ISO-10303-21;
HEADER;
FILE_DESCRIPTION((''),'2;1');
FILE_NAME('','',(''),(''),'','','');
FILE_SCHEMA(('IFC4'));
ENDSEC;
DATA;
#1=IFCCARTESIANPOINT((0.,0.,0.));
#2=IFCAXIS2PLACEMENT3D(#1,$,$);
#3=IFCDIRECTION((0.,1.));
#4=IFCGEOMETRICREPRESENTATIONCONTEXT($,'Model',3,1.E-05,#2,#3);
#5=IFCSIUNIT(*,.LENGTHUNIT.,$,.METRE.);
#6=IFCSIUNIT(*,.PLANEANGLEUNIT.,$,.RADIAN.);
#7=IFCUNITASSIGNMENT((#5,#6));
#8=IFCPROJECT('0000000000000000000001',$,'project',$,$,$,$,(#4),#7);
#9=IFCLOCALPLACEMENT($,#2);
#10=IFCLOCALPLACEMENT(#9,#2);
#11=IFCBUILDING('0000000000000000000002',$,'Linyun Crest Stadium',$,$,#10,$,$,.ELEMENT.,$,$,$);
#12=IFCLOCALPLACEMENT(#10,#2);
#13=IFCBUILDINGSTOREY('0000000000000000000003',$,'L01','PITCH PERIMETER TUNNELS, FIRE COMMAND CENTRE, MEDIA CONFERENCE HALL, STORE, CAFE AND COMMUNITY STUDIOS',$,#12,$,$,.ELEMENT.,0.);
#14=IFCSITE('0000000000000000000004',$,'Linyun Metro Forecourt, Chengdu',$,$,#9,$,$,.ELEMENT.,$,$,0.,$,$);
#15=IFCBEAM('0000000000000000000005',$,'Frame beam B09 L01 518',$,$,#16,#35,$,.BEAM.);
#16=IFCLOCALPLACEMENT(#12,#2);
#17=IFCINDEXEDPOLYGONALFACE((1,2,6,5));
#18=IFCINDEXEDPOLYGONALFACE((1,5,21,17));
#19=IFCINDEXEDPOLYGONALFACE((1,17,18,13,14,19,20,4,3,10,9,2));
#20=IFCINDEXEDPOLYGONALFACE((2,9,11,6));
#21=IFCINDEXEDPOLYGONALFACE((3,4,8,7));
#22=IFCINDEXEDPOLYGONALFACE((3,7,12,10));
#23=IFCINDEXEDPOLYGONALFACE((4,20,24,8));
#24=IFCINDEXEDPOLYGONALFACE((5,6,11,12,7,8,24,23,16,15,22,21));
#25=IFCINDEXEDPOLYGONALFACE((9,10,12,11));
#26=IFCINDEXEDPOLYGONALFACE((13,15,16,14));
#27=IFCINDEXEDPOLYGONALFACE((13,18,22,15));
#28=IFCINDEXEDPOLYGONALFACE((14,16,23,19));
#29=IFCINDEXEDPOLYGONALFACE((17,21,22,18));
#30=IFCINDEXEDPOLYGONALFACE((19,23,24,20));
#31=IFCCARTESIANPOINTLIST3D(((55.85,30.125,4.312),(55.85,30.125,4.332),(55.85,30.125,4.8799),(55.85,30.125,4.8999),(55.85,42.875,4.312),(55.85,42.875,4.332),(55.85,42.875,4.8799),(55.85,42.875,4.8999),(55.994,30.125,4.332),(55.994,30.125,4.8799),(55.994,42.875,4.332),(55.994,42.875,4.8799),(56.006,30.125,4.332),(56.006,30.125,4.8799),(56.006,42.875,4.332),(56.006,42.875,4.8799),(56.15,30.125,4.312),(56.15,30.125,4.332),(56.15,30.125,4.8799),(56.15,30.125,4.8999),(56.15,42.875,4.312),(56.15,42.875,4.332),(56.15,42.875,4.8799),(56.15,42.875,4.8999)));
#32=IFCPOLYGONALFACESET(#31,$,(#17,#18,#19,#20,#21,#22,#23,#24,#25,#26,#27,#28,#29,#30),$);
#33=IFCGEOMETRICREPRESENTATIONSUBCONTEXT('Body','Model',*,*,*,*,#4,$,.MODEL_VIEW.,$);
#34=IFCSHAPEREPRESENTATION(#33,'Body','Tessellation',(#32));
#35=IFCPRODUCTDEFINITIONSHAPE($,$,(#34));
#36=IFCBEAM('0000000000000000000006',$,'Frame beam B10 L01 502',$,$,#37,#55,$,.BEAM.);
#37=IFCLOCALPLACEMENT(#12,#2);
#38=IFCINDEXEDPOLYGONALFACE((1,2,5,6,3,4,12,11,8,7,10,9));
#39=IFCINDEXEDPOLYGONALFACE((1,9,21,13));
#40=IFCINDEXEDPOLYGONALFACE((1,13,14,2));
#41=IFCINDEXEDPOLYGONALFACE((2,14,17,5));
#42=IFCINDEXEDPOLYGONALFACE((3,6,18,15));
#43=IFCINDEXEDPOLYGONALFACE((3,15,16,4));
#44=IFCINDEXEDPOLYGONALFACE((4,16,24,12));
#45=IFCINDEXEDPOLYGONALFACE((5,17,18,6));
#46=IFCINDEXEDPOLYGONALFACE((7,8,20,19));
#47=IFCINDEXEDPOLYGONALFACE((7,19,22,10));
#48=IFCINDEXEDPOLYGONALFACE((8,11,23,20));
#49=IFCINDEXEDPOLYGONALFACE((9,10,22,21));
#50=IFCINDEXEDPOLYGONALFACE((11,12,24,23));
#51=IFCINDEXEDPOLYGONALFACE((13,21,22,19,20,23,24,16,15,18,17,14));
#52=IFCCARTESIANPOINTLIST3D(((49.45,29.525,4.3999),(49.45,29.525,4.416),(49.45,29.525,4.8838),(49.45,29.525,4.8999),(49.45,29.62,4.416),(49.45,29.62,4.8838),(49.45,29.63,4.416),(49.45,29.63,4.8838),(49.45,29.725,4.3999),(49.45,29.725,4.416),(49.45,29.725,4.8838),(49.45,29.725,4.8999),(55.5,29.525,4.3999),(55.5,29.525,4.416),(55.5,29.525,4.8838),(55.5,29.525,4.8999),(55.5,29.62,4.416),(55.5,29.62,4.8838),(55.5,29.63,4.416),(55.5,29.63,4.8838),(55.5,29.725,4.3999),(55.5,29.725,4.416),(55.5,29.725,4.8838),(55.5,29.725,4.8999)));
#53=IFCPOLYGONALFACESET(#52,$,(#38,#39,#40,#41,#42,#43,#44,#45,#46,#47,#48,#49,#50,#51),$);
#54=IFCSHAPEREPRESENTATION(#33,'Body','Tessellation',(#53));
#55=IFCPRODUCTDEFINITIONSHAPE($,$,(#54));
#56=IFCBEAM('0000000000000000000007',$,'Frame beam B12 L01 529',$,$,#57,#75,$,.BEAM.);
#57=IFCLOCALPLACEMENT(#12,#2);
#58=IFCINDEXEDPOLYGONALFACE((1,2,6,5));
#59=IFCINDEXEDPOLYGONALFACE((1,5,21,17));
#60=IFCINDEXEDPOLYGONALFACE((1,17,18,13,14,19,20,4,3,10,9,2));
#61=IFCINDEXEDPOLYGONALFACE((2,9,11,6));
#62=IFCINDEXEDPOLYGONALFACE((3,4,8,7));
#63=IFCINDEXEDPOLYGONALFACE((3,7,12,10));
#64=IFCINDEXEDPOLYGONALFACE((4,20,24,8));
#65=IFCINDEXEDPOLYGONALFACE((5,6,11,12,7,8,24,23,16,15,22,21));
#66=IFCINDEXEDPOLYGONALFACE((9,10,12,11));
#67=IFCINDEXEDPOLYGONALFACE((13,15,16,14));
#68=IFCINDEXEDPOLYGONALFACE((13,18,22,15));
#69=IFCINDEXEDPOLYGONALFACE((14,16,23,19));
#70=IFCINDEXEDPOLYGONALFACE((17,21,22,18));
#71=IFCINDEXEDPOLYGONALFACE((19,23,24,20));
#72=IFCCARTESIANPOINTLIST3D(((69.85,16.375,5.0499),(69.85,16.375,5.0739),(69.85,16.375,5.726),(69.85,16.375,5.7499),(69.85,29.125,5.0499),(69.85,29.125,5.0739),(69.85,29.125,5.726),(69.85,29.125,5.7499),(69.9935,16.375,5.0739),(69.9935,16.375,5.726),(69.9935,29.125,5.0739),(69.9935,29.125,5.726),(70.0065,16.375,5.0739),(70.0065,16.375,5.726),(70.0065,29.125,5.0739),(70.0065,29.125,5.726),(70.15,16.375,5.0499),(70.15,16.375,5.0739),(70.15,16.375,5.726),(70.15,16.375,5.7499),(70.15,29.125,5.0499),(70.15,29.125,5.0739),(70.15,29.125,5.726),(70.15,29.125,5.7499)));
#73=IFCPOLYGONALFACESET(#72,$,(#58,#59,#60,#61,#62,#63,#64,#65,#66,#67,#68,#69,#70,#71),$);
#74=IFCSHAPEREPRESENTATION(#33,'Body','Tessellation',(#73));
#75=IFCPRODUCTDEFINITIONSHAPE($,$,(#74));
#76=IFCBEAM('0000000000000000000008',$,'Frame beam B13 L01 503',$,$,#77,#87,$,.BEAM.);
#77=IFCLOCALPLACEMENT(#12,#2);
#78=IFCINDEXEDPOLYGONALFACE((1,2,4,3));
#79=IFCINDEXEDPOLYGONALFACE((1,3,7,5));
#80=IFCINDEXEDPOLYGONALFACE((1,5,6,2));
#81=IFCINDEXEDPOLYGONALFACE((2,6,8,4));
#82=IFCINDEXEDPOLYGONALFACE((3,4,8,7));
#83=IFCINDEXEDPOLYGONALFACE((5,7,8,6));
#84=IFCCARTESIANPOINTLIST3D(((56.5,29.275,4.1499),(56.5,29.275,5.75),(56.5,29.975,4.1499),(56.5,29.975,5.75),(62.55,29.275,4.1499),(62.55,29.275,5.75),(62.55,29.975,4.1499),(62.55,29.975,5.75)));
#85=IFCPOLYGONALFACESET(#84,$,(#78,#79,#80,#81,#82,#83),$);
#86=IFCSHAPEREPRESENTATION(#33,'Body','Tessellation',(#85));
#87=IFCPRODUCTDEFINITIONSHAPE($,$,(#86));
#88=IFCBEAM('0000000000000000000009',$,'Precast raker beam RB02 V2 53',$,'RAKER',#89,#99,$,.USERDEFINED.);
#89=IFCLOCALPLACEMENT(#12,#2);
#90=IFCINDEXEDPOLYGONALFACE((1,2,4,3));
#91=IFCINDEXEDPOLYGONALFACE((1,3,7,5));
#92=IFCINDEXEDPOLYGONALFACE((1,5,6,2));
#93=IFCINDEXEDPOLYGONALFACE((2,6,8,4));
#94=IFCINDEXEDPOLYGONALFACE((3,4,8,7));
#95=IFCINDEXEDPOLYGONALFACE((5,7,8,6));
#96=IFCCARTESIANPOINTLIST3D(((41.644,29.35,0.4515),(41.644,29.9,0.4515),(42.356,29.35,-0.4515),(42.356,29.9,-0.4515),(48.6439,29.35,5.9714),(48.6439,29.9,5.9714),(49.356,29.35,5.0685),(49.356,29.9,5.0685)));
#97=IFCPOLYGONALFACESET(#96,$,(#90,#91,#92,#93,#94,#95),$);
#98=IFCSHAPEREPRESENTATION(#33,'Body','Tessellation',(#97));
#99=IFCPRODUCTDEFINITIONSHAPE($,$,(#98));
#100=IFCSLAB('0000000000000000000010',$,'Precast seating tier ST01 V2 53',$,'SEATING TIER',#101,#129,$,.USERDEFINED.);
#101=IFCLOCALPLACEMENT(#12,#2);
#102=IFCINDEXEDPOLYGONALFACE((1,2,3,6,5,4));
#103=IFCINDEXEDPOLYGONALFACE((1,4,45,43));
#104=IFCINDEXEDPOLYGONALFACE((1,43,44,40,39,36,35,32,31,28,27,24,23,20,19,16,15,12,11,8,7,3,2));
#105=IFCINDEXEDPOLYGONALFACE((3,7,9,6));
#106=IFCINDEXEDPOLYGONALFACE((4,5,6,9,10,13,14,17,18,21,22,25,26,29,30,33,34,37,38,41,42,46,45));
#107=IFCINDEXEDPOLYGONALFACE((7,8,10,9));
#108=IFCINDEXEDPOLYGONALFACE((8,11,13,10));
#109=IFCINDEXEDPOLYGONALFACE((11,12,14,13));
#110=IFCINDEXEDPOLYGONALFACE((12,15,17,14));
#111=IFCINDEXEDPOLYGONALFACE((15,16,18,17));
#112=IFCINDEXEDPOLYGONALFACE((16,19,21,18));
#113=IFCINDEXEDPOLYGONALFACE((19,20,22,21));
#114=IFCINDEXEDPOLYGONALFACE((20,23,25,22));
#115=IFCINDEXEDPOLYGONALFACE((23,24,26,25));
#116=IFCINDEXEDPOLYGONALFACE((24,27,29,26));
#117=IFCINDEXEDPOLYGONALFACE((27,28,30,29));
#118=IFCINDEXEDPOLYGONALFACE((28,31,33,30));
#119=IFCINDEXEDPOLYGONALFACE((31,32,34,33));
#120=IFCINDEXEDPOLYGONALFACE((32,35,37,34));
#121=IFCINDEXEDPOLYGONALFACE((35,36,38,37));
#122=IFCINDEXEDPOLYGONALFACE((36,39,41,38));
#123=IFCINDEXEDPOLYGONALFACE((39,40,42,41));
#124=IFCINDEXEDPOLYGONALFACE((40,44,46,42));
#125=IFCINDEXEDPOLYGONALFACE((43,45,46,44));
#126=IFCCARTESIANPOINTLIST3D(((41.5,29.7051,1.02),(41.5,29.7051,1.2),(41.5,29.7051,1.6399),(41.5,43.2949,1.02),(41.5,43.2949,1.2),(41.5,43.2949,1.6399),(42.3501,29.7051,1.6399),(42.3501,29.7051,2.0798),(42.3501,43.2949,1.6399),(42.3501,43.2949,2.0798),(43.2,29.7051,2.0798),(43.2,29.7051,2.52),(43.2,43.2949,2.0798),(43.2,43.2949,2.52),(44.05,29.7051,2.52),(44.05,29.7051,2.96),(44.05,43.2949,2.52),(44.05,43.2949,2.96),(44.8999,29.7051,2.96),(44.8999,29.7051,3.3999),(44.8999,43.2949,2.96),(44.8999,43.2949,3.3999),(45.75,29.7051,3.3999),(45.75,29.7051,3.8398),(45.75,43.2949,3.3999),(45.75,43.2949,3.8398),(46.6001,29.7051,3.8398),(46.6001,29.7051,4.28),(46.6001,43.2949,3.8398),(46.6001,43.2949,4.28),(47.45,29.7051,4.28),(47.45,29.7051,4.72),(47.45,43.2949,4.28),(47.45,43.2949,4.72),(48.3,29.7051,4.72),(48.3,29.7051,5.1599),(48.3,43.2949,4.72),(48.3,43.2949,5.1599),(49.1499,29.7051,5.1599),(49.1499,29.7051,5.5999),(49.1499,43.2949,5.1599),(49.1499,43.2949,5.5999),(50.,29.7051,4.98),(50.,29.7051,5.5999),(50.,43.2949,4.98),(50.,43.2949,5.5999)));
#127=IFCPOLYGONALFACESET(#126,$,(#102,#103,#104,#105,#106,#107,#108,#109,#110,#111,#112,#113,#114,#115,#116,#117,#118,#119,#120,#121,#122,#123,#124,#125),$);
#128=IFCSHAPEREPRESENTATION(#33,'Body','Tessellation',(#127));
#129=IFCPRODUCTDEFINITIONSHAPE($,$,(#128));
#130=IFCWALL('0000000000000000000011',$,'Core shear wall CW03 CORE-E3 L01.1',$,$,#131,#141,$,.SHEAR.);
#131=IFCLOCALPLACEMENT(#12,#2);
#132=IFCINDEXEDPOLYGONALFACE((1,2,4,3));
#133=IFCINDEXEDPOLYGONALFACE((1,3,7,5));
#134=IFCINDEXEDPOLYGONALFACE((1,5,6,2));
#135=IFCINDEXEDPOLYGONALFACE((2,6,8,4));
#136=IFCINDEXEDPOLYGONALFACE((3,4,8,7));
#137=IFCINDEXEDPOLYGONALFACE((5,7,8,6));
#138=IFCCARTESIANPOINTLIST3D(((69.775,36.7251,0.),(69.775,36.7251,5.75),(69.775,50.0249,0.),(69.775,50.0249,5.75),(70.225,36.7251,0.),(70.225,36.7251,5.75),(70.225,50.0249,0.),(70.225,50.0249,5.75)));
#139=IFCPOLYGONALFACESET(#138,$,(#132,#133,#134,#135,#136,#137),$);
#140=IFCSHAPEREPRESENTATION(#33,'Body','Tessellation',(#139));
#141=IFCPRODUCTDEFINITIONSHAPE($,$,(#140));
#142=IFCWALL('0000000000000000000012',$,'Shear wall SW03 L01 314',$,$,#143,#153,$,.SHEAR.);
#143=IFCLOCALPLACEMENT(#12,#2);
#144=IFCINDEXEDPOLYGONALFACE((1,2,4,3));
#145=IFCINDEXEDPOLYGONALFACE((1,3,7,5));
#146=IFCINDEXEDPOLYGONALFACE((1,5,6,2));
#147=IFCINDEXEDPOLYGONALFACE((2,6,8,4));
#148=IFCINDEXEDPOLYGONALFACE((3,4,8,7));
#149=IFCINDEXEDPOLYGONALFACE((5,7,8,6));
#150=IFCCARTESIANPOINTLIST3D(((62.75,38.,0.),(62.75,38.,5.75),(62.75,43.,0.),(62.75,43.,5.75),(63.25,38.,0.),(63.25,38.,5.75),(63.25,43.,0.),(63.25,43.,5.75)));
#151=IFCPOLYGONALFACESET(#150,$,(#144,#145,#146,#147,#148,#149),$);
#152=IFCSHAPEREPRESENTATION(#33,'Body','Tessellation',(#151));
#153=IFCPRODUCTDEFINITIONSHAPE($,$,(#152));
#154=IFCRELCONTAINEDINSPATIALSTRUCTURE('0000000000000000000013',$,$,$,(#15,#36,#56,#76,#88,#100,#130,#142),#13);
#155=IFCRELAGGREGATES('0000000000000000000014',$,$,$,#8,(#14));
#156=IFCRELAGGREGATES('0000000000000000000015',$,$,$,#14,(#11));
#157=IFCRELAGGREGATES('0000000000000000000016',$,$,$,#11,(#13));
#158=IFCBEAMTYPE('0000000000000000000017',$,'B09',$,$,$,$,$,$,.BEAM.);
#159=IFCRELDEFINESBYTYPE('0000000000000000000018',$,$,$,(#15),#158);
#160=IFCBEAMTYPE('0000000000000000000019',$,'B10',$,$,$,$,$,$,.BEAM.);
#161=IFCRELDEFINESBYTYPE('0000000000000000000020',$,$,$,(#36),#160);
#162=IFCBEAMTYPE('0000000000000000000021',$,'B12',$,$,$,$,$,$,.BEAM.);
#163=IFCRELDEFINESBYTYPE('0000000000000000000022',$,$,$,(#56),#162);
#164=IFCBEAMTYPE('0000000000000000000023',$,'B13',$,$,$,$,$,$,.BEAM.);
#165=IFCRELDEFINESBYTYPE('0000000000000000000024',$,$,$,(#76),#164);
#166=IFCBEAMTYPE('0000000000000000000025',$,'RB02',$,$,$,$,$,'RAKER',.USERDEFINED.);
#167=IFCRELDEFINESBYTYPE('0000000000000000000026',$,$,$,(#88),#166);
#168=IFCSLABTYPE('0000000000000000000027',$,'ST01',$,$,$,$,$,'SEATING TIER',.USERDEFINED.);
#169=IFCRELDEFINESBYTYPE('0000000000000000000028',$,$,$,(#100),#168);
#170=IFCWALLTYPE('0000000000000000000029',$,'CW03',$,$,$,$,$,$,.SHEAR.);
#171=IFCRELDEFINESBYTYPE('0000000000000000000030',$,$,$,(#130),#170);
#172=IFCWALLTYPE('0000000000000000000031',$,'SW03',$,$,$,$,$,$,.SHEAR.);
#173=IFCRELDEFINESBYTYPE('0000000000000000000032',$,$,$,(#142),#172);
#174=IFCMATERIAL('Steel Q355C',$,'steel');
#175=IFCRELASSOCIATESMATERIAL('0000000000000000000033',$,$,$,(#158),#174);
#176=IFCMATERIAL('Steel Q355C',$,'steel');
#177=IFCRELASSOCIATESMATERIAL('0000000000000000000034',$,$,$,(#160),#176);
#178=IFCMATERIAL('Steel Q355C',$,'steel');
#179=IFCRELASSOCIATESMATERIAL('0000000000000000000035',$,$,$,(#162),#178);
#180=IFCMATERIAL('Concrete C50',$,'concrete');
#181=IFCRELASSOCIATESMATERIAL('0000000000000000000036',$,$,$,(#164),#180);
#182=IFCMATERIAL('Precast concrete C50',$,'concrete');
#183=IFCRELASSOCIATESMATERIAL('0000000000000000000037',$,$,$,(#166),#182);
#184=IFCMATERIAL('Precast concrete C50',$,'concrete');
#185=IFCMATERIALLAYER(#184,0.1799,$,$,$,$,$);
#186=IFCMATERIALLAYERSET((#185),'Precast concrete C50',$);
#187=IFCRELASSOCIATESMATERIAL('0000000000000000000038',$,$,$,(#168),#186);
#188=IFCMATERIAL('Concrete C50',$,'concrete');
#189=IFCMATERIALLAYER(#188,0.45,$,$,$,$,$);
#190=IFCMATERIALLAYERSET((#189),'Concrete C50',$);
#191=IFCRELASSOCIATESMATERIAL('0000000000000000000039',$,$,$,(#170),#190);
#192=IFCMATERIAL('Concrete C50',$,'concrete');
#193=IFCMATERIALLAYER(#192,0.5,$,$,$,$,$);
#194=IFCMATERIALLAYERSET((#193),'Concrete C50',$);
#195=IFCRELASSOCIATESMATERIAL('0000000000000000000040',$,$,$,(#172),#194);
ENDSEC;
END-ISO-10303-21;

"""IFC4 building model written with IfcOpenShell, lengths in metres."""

from ifc_helpers import new_model, si_unit, direction, frame, frame_2d, origin, origin_2d, place, context, subcontext, project, spatial, polyline, rectangle, i_section, outline, extrude, material, layer, layer_set, material_profile, profile_set, type_object, element, save


model = new_model("IFC4")

# Units and contexts
model_context = context("Model", 3, precision=1e-05, world=origin(), true_north=direction((0.0, 1.0)))
body_context = subcontext(model_context, "Body", "Model", "MODEL_VIEW")
ifc_project = project(units=[si_unit("LENGTHUNIT", "METRE"), si_unit("PLANEANGLEUNIT", "RADIAN")], contexts=[model_context])

# Site, building, storey
site_placement = place(None, origin())
site = spatial("IfcSite", under=ifc_project, at=site_placement, Name="Linyun Metro Forecourt, Chengdu", CompositionType="ELEMENT", RefElevation=0.0)
building_placement = place(site_placement, origin())
building = spatial("IfcBuilding", under=site, at=building_placement, Name="Linyun Crest Stadium", CompositionType="ELEMENT")
storey_placement = place(building_placement, origin())
storey = spatial("IfcBuildingStorey", under=building, at=storey_placement, Name="L01", Description="PITCH PERIMETER TUNNELS, FIRE COMMAND CENTRE, MEDIA CONFERENCE HALL, STORE, CAFE AND COMMUNITY STUDIOS", CompositionType="ELEMENT", Elevation=0.0)

# Beams
ifc_material_1 = material(Name="Steel Q355C", Category="steel")
ifc_material_profile_1 = material_profile(ifc_material_1, i_section(OverallWidth=0.3, OverallDepth=0.5879, WebThickness=0.012, FlangeThickness=0.02, at=origin_2d()), Name="HM 588x300")
ifc_profile_set_1 = profile_set([ifc_material_profile_1], Name="Steel Q355C")
beam_type_1 = type_object("IfcBeamType", Name="B09", PredefinedType="BEAM", material=ifc_profile_set_1)
beam_1_placement = place(storey_placement, frame((56.0, 30.125, 4.606), z_axis=(0.0, 1.0, 0.0), x_axis=(-1.0, 0.0, 0.0)))
element("IfcBeam", 1, at=beam_1_placement, inside=storey, type_object=beam_type_1, Name="Frame beam B09 L01 518", PredefinedType="BEAM", context=body_context, shape_type="SweptSolid", body=[
    extrude(i_section(OverallWidth=0.3, OverallDepth=0.5879, WebThickness=0.012, FlangeThickness=0.02, at=origin_2d()), origin(), (0.0, 0.0, 1.0), 12.75),
])
ifc_material_2 = material(Name="Steel Q355C", Category="steel")
ifc_material_profile_2 = material_profile(ifc_material_2, i_section(OverallWidth=0.2, OverallDepth=0.5, WebThickness=0.01, FlangeThickness=0.0161, at=origin_2d()), Name="HN 500x200")
ifc_profile_set_2 = profile_set([ifc_material_profile_2], Name="Steel Q355C")
beam_type_2 = type_object("IfcBeamType", Name="B10", PredefinedType="BEAM", material=ifc_profile_set_2)
beam_2_placement = place(storey_placement, frame((49.45, 29.625, 4.6499), z_axis=(1.0, 0.0, 0.0), x_axis=(0.0, 1.0, 0.0)))
element("IfcBeam", 2, at=beam_2_placement, inside=storey, type_object=beam_type_2, Name="Frame beam B10 L01 502", PredefinedType="BEAM", context=body_context, shape_type="SweptSolid", body=[
    extrude(i_section(OverallWidth=0.2, OverallDepth=0.5, WebThickness=0.01, FlangeThickness=0.0161, at=origin_2d()), origin(), (0.0, 0.0, 1.0), 6.05),
])
ifc_material_3 = material(Name="Steel Q355C", Category="steel")
ifc_material_profile_3 = material_profile(ifc_material_3, i_section(OverallWidth=0.3, OverallDepth=0.7, WebThickness=0.0129, FlangeThickness=0.0239, at=origin_2d()), Name="HN 700x300")
ifc_profile_set_3 = profile_set([ifc_material_profile_3], Name="Steel Q355C")
beam_type_3 = type_object("IfcBeamType", Name="B12", PredefinedType="BEAM", material=ifc_profile_set_3)
beam_3_placement = place(storey_placement, frame((70.0, 16.375, 5.3999), z_axis=(0.0, 1.0, 0.0), x_axis=(-1.0, 0.0, 0.0)))
element("IfcBeam", 3, at=beam_3_placement, inside=storey, type_object=beam_type_3, Name="Frame beam B12 L01 529", PredefinedType="BEAM", context=body_context, shape_type="SweptSolid", body=[
    extrude(i_section(OverallWidth=0.3, OverallDepth=0.7, WebThickness=0.0129, FlangeThickness=0.0239, at=origin_2d()), origin(), (0.0, 0.0, 1.0), 12.75),
])
ifc_material_4 = material(Name="Concrete C50", Category="concrete")
ifc_material_profile_4 = material_profile(ifc_material_4, rectangle(XDim=0.7, YDim=1.6001, at=origin_2d()), Name="RCB 1600x700")
ifc_profile_set_4 = profile_set([ifc_material_profile_4], Name="Concrete C50")
beam_type_4 = type_object("IfcBeamType", Name="B13", PredefinedType="BEAM", material=ifc_profile_set_4)
beam_4_placement = place(storey_placement, frame((56.5, 29.625, 4.95), z_axis=(1.0, 0.0, 0.0), x_axis=(0.0, 1.0, 0.0)))
element("IfcBeam", 4, at=beam_4_placement, inside=storey, type_object=beam_type_4, Name="Frame beam B13 L01 503", PredefinedType="BEAM", context=body_context, shape_type="SweptSolid", body=[
    extrude(rectangle(XDim=0.7, YDim=1.6001, at=origin_2d()), origin(), (0.0, 0.0, 1.0), 6.05),
])
ifc_material_5 = material(Name="Precast concrete C50", Category="concrete")
ifc_material_profile_5 = material_profile(ifc_material_5, rectangle(XDim=0.55, YDim=1.1499, at=origin_2d()), Name="PCR 1150x550")
ifc_profile_set_5 = profile_set([ifc_material_profile_5], Name="Precast concrete C50")
beam_type_5 = type_object("IfcBeamType", Name="RB02", ElementType="RAKER", PredefinedType="USERDEFINED", material=ifc_profile_set_5)
beam_5_placement = place(storey_placement, frame((42.0, 29.625, 0.0), z_axis=(0.785226, 0.0, 0.619209), x_axis=(0.0, 1.0, 0.0)))
element("IfcBeam", 5, at=beam_5_placement, inside=storey, type_object=beam_type_5, Name="Precast raker beam RB02 V2 53", ObjectType="RAKER", PredefinedType="USERDEFINED", context=body_context, shape_type="SweptSolid", body=[
    extrude(rectangle(XDim=0.55, YDim=1.1499, at=origin_2d()), origin(), (0.0, 0.0, 1.0), 8.9146),
])

# Slab
ifc_material_6 = material(Name="Precast concrete C50", Category="concrete")
ifc_layer_1 = layer(ifc_material_6, 0.1799)
ifc_layer_set_1 = layer_set([ifc_layer_1], Name="Precast concrete C50")
slab_type = type_object("IfcSlabType", Name="ST01", ElementType="SEATING TIER", PredefinedType="USERDEFINED", material=ifc_layer_set_1)
slab_placement = place(storey_placement, frame((41.5, 29.7051, 1.2), z_axis=(0.0, 0.0, 1.0), x_axis=(1.0, 0.0, 0.0)))
element("IfcSlab", 6, at=slab_placement, inside=storey, type_object=slab_type, Name="Precast seating tier ST01 V2 53", ObjectType="SEATING TIER", PredefinedType="USERDEFINED", context=body_context, shape_type="SweptSolid", body=[
    extrude(outline(polyline([(0.0, 0.0), (0.0, -0.4399), (0.8501, -0.4399), (0.8501, -0.8799), (1.7, -0.8799), (1.7, -1.3201), (2.55, -1.3201), (2.55, -1.76), (3.3999, -1.76), (3.3999, -2.2), (4.25, -2.2), (4.25, -2.6399), (5.1001, -2.6399), (5.1001, -3.0801), (5.95, -3.0801), (5.95, -3.52), (6.8, -3.52), (6.8, -3.96), (7.6499, -3.96), (7.6499, -4.3999), (8.5, -4.3999), (8.5, -3.78), (0.0, 0.1799), (0.0, 0.0)])), frame((0.0, 0.0, 0.0), z_axis=(0.0, 1.0, 0.0), x_axis=(1.0, 0.0, 0.0)), (0.0, 0.0, 1.0), 13.5898),
])

# Walls
ifc_material_7 = material(Name="Concrete C50", Category="concrete")
ifc_layer_2 = layer(ifc_material_7, 0.45)
ifc_layer_set_2 = layer_set([ifc_layer_2], Name="Concrete C50")
wall_type_1 = type_object("IfcWallType", Name="CW03", PredefinedType="SHEAR", material=ifc_layer_set_2)
wall_1_placement = place(storey_placement, frame((70.0, 36.7251, 0.0), z_axis=(0.0, 0.0, 1.0), x_axis=(0.0, 1.0, 0.0)))
element("IfcWall", 7, at=wall_1_placement, inside=storey, type_object=wall_type_1, Name="Core shear wall CW03 CORE-E3 L01.1", PredefinedType="SHEAR", context=body_context, shape_type="SweptSolid", body=[
    extrude(rectangle(XDim=13.2998, YDim=0.45, at=frame_2d((6.6499, 0.0))), origin(), (0.0, 0.0, 1.0), 5.75),
])
ifc_material_8 = material(Name="Concrete C50", Category="concrete")
ifc_layer_3 = layer(ifc_material_8, 0.5)
ifc_layer_set_3 = layer_set([ifc_layer_3], Name="Concrete C50")
wall_type_2 = type_object("IfcWallType", Name="SW03", PredefinedType="SHEAR", material=ifc_layer_set_3)
wall_2_placement = place(storey_placement, frame((63.0, 38.0, 0.0), z_axis=(0.0, 0.0, 1.0), x_axis=(0.0, 1.0, 0.0)))
element("IfcWall", 8, at=wall_2_placement, inside=storey, type_object=wall_type_2, Name="Shear wall SW03 L01 314", PredefinedType="SHEAR", context=body_context, shape_type="SweptSolid", body=[
    extrude(rectangle(XDim=5.0, YDim=0.5, at=frame_2d((2.5, 0.0))), origin(), (0.0, 0.0, 1.0), 5.75),
])

save(model, "model.ifc")
